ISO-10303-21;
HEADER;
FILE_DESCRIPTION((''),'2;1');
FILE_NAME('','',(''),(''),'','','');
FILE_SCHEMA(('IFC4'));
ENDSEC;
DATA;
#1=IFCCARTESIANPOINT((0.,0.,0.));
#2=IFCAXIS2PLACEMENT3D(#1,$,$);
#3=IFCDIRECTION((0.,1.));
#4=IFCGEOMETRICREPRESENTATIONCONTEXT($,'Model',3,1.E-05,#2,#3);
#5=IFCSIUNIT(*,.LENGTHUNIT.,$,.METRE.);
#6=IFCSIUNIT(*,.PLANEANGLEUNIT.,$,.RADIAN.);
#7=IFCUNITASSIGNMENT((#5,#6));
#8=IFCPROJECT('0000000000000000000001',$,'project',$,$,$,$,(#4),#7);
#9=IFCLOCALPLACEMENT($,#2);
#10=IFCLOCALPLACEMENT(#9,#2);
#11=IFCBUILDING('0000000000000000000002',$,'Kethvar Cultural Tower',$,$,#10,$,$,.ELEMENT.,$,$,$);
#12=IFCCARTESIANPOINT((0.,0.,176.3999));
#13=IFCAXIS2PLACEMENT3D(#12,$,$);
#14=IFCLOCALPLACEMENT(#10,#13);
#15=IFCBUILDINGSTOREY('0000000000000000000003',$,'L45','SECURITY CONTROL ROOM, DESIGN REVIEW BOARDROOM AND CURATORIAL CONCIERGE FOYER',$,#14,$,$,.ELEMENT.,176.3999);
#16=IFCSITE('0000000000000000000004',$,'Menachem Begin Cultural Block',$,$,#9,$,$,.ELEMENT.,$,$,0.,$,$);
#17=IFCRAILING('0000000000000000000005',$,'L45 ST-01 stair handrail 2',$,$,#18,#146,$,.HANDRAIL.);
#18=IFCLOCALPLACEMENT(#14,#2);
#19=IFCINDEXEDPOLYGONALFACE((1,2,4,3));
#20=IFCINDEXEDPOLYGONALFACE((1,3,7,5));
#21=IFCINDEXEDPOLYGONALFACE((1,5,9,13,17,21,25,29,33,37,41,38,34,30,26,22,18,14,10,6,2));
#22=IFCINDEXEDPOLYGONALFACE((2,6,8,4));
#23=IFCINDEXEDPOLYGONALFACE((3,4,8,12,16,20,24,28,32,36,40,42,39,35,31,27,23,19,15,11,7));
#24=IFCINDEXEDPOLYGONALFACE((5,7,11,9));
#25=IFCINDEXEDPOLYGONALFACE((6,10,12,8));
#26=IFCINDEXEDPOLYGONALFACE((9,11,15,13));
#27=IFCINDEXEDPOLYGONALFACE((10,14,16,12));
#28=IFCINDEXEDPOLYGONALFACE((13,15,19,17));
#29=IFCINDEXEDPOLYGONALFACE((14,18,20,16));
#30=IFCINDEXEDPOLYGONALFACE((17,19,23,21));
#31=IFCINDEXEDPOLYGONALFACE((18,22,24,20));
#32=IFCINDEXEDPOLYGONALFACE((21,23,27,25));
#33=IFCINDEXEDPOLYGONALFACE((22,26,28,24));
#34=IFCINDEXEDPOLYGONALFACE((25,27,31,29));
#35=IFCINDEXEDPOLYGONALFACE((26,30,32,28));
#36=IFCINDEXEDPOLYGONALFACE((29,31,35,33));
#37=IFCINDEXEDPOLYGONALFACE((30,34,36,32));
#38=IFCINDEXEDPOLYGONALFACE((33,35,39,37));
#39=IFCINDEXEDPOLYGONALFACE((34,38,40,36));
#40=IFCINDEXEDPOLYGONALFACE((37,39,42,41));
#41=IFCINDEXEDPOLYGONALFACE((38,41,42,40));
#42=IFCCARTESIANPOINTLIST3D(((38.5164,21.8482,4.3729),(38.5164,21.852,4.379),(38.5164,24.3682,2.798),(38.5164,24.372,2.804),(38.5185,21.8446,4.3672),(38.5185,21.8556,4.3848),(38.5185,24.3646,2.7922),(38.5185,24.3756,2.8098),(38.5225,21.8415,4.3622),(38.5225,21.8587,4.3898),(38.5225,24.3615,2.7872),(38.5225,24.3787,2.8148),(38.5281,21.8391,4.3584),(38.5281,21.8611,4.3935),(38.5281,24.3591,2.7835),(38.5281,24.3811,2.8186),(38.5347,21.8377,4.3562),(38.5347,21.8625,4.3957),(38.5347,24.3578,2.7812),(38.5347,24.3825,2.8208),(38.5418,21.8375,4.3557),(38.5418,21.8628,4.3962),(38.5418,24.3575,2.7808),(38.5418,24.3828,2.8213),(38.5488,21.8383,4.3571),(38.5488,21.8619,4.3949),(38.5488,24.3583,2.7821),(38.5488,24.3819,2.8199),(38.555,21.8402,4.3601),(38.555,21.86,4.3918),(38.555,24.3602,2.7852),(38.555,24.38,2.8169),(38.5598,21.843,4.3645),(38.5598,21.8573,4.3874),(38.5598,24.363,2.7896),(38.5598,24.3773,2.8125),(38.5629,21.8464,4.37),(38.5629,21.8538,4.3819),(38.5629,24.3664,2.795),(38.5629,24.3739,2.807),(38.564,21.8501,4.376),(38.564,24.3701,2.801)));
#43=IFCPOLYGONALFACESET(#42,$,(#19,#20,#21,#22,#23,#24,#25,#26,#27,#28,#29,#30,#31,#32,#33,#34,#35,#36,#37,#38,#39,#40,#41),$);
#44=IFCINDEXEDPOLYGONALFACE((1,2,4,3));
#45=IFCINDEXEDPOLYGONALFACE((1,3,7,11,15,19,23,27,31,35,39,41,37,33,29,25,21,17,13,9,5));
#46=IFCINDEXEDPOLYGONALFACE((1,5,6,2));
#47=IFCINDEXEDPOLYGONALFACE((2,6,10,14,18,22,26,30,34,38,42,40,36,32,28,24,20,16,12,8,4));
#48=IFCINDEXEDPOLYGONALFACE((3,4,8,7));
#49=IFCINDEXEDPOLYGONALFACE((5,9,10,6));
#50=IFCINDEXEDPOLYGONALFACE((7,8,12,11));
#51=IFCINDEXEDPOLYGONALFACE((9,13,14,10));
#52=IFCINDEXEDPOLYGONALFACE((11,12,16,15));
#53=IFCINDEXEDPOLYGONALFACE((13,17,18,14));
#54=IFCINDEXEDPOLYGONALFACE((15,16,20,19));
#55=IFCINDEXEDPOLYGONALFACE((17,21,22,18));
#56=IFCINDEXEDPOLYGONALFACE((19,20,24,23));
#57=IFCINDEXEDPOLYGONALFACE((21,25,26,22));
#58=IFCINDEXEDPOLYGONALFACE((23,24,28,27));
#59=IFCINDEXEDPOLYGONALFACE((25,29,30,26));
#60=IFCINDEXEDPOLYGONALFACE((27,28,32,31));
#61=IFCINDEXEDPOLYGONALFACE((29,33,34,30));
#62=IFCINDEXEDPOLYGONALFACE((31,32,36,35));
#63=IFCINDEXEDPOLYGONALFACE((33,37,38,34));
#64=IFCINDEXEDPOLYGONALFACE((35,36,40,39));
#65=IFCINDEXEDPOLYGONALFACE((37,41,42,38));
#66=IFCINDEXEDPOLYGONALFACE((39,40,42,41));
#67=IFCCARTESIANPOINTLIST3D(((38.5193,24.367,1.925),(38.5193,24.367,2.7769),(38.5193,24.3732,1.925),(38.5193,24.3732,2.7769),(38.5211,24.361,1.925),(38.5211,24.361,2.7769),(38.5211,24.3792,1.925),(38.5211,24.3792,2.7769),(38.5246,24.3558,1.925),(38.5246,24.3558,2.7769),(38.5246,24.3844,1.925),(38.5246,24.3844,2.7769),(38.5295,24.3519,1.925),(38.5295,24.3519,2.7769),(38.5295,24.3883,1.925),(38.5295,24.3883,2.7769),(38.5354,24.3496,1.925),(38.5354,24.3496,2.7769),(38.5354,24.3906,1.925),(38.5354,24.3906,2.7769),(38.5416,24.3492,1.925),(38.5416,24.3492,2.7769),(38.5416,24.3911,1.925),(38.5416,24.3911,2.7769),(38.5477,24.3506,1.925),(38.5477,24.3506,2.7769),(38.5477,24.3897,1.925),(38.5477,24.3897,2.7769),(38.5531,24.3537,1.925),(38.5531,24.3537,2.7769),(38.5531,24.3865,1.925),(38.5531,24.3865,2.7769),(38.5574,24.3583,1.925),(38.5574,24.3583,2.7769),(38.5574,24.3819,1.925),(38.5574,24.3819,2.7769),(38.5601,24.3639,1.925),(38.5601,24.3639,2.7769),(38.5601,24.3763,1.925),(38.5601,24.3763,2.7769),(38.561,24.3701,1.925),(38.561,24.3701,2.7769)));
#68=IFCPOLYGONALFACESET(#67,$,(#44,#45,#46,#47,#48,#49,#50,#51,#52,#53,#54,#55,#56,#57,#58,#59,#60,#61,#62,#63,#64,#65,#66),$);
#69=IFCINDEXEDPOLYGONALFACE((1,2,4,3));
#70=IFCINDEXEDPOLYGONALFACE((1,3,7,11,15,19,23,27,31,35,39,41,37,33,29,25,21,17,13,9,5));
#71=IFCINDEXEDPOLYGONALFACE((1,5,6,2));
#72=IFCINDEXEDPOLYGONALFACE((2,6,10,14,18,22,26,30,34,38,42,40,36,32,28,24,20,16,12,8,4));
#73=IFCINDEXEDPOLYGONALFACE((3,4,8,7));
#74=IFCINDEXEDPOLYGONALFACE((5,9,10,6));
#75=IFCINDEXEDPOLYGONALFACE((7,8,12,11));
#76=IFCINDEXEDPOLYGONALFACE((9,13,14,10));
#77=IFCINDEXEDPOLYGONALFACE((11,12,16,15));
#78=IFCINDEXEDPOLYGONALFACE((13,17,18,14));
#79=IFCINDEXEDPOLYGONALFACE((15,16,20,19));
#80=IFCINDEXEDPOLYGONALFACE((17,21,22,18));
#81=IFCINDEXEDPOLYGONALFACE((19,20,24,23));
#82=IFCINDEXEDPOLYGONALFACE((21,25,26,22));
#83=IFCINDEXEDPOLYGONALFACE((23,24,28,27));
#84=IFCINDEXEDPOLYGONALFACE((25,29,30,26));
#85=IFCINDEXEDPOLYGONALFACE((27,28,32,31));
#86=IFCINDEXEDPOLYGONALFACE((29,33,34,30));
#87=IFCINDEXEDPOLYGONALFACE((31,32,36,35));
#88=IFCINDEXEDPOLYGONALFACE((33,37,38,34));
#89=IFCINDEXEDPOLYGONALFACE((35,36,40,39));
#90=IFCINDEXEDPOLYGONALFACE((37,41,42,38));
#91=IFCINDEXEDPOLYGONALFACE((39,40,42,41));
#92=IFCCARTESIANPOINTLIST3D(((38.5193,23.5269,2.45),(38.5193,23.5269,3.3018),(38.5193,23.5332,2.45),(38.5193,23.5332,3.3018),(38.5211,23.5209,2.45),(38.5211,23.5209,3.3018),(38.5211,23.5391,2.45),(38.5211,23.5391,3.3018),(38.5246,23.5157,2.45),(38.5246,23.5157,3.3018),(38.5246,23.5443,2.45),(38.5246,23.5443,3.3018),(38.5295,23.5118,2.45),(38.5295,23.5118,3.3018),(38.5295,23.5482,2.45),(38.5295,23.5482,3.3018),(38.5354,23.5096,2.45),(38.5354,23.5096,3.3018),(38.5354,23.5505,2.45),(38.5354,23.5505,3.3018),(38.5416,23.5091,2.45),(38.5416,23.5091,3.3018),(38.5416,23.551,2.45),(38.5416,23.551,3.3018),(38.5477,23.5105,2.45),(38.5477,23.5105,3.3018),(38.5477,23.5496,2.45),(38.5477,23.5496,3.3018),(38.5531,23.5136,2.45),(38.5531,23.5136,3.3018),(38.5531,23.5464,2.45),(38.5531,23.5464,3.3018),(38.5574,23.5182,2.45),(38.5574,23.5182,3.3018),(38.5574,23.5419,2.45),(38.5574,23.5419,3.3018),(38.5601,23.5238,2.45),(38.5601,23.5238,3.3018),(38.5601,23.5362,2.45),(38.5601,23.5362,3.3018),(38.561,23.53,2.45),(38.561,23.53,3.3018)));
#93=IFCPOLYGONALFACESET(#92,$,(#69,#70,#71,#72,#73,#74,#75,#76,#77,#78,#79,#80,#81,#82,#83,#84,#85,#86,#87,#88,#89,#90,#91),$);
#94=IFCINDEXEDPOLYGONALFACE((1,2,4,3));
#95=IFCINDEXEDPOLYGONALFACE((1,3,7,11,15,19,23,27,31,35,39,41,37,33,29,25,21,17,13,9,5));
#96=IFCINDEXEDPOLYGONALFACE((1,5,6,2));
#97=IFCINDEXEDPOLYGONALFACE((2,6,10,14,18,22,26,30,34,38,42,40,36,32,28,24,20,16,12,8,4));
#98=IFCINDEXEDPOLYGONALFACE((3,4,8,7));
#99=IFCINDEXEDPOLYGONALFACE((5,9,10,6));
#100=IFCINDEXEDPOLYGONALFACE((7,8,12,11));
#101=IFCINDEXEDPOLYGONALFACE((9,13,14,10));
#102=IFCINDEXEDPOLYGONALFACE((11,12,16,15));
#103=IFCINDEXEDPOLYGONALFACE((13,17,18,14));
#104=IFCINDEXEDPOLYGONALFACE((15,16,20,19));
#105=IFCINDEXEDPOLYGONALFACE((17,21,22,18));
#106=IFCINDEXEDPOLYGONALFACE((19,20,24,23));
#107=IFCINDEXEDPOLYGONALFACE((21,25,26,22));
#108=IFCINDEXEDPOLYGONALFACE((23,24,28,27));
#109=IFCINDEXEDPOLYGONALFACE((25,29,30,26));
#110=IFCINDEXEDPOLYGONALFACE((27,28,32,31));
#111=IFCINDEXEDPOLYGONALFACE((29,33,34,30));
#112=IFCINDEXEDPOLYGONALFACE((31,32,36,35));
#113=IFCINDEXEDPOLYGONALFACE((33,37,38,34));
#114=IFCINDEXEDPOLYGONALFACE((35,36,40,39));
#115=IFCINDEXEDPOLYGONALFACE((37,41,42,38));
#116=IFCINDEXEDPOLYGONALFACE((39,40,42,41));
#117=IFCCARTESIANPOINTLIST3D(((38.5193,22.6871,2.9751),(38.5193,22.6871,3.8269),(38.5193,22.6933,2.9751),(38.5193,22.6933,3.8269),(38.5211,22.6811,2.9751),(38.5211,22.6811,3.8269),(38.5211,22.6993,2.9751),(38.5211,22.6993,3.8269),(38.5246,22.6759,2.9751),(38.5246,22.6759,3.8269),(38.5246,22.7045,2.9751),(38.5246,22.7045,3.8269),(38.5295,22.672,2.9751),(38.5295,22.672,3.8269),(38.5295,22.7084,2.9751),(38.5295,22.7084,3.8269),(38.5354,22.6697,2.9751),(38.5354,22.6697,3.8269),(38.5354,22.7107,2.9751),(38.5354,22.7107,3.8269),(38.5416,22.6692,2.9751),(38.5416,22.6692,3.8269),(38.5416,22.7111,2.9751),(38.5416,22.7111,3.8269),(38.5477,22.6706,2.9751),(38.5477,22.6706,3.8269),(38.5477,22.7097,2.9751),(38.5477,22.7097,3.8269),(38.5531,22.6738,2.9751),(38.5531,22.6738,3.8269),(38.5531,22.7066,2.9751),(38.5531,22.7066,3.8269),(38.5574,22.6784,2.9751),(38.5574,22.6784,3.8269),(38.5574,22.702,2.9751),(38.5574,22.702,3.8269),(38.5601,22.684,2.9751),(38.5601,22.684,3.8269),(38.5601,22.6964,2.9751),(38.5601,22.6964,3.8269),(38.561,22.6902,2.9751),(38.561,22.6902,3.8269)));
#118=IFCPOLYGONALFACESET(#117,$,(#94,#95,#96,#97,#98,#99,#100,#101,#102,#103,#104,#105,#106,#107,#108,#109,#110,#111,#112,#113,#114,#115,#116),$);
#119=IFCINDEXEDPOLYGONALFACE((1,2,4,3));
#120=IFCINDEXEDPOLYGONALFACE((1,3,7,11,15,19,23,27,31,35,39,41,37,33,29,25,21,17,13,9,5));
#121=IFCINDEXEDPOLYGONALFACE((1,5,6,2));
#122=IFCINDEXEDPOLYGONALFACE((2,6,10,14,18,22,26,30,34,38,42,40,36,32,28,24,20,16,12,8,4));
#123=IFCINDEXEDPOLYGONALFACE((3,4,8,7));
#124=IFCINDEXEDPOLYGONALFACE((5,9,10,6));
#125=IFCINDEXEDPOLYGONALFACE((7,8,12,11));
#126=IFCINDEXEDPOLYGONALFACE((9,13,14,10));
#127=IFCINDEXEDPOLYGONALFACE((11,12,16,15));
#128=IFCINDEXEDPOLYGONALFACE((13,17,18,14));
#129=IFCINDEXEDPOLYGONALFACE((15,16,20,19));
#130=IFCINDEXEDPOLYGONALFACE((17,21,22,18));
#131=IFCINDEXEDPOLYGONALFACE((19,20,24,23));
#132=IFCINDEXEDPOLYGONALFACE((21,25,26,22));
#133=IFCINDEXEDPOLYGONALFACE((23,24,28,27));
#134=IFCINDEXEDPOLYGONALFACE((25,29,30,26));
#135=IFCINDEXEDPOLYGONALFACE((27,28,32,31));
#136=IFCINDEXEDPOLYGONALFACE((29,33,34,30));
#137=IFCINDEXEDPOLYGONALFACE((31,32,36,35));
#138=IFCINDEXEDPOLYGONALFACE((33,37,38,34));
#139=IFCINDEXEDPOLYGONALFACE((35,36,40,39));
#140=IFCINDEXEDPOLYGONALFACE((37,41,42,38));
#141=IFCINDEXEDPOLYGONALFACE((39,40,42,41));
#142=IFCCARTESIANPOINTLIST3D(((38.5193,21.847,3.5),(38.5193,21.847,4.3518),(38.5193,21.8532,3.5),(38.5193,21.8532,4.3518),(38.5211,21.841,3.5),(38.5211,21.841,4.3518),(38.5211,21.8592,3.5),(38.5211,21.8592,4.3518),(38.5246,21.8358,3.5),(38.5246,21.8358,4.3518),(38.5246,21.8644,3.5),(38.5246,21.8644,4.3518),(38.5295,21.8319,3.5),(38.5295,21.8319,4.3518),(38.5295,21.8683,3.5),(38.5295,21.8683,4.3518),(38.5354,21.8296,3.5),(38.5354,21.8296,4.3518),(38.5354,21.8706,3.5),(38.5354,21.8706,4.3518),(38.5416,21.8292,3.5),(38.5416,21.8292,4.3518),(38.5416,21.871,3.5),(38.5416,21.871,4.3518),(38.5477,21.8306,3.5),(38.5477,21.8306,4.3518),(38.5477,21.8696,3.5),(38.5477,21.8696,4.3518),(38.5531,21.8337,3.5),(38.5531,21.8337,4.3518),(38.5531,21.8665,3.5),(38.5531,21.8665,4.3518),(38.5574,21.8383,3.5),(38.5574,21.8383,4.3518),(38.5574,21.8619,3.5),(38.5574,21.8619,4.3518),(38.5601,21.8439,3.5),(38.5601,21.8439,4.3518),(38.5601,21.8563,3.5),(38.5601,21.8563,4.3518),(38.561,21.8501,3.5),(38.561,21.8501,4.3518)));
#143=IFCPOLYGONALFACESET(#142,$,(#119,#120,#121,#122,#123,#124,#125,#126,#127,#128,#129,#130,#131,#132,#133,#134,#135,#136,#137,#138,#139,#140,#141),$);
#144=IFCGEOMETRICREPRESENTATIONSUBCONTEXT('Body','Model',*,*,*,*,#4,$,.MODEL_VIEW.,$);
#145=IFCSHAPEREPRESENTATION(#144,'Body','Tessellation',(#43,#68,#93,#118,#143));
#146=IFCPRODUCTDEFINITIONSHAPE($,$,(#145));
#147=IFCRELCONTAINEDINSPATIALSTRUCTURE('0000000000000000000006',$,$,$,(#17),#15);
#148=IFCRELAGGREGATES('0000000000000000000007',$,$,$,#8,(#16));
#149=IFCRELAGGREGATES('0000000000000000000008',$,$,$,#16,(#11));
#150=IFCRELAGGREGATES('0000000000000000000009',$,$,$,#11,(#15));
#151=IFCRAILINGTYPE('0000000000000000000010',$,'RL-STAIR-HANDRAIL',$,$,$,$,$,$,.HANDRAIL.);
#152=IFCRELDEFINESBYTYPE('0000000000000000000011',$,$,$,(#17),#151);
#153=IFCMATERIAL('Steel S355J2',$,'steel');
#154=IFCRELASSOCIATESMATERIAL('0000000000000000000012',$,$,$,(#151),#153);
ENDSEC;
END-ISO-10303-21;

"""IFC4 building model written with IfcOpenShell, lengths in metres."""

from ifc_helpers import new_model, si_unit, direction, frame, origin, origin_2d, place, context, subcontext, project, spatial, circle, extrude, material, type_object, element, save


model = new_model("IFC4")

# Units and contexts
model_context = context("Model", 3, precision=1e-05, world=origin(), true_north=direction((0.0, 1.0)))
body_context = subcontext(model_context, "Body", "Model", "MODEL_VIEW")
ifc_project = project(units=[si_unit("LENGTHUNIT", "METRE"), si_unit("PLANEANGLEUNIT", "RADIAN")], contexts=[model_context])

# Site, building, storey
site_placement = place(None, origin())
site = spatial("IfcSite", under=ifc_project, at=site_placement, Name="Menachem Begin Cultural Block", CompositionType="ELEMENT", RefElevation=0.0)
building_placement = place(site_placement, origin())
building = spatial("IfcBuilding", under=site, at=building_placement, Name="Kethvar Cultural Tower", CompositionType="ELEMENT")
storey_placement = place(building_placement, frame((0.0, 0.0, 176.3999)))
storey = spatial("IfcBuildingStorey", under=building, at=storey_placement, Name="L45", Description="SECURITY CONTROL ROOM, DESIGN REVIEW BOARDROOM AND CURATORIAL CONCIERGE FOYER", CompositionType="ELEMENT", Elevation=176.3999)

# Shared definitions
ifc_material_1 = material(Name="Steel S355J2", Category="steel")

# Railing
railing_type_1 = type_object("IfcRailingType", Name="RL-STAIR-HANDRAIL", PredefinedType="HANDRAIL", material=ifc_material_1)
railing_1_placement = place(storey_placement, frame((38.54, 24.3701, 1.925)))
element("IfcRailing", 1, at=railing_1_placement, inside=storey, type_object=railing_type_1, Name="L45 ST-01 stair handrail 2", PredefinedType="HANDRAIL", context=body_context, shape_type="SweptSolid", body=[
    extrude(circle(Radius=0.0239, at=origin_2d()), frame((0.0, 0.0, 0.876), z_axis=(0.0, -0.848008, 0.529984), x_axis=(1.0, 0.0, 0.0)), (0.0, 0.0, 1.0), 2.9717),
    extrude(circle(Radius=0.021, at=origin_2d()), origin(), (0.0, 0.0, 1.0), 0.8518),
    extrude(circle(Radius=0.021, at=origin_2d()), frame((0.0, -0.8401, 0.5249)), (0.0, 0.0, 1.0), 0.8518),
    extrude(circle(Radius=0.021, at=origin_2d()), frame((0.0, -1.6799, 1.05)), (0.0, 0.0, 1.0), 0.8518),
    extrude(circle(Radius=0.021, at=origin_2d()), frame((0.0, -2.52, 1.575)), (0.0, 0.0, 1.0), 0.8518),
])

save(model, "model.ifc")
